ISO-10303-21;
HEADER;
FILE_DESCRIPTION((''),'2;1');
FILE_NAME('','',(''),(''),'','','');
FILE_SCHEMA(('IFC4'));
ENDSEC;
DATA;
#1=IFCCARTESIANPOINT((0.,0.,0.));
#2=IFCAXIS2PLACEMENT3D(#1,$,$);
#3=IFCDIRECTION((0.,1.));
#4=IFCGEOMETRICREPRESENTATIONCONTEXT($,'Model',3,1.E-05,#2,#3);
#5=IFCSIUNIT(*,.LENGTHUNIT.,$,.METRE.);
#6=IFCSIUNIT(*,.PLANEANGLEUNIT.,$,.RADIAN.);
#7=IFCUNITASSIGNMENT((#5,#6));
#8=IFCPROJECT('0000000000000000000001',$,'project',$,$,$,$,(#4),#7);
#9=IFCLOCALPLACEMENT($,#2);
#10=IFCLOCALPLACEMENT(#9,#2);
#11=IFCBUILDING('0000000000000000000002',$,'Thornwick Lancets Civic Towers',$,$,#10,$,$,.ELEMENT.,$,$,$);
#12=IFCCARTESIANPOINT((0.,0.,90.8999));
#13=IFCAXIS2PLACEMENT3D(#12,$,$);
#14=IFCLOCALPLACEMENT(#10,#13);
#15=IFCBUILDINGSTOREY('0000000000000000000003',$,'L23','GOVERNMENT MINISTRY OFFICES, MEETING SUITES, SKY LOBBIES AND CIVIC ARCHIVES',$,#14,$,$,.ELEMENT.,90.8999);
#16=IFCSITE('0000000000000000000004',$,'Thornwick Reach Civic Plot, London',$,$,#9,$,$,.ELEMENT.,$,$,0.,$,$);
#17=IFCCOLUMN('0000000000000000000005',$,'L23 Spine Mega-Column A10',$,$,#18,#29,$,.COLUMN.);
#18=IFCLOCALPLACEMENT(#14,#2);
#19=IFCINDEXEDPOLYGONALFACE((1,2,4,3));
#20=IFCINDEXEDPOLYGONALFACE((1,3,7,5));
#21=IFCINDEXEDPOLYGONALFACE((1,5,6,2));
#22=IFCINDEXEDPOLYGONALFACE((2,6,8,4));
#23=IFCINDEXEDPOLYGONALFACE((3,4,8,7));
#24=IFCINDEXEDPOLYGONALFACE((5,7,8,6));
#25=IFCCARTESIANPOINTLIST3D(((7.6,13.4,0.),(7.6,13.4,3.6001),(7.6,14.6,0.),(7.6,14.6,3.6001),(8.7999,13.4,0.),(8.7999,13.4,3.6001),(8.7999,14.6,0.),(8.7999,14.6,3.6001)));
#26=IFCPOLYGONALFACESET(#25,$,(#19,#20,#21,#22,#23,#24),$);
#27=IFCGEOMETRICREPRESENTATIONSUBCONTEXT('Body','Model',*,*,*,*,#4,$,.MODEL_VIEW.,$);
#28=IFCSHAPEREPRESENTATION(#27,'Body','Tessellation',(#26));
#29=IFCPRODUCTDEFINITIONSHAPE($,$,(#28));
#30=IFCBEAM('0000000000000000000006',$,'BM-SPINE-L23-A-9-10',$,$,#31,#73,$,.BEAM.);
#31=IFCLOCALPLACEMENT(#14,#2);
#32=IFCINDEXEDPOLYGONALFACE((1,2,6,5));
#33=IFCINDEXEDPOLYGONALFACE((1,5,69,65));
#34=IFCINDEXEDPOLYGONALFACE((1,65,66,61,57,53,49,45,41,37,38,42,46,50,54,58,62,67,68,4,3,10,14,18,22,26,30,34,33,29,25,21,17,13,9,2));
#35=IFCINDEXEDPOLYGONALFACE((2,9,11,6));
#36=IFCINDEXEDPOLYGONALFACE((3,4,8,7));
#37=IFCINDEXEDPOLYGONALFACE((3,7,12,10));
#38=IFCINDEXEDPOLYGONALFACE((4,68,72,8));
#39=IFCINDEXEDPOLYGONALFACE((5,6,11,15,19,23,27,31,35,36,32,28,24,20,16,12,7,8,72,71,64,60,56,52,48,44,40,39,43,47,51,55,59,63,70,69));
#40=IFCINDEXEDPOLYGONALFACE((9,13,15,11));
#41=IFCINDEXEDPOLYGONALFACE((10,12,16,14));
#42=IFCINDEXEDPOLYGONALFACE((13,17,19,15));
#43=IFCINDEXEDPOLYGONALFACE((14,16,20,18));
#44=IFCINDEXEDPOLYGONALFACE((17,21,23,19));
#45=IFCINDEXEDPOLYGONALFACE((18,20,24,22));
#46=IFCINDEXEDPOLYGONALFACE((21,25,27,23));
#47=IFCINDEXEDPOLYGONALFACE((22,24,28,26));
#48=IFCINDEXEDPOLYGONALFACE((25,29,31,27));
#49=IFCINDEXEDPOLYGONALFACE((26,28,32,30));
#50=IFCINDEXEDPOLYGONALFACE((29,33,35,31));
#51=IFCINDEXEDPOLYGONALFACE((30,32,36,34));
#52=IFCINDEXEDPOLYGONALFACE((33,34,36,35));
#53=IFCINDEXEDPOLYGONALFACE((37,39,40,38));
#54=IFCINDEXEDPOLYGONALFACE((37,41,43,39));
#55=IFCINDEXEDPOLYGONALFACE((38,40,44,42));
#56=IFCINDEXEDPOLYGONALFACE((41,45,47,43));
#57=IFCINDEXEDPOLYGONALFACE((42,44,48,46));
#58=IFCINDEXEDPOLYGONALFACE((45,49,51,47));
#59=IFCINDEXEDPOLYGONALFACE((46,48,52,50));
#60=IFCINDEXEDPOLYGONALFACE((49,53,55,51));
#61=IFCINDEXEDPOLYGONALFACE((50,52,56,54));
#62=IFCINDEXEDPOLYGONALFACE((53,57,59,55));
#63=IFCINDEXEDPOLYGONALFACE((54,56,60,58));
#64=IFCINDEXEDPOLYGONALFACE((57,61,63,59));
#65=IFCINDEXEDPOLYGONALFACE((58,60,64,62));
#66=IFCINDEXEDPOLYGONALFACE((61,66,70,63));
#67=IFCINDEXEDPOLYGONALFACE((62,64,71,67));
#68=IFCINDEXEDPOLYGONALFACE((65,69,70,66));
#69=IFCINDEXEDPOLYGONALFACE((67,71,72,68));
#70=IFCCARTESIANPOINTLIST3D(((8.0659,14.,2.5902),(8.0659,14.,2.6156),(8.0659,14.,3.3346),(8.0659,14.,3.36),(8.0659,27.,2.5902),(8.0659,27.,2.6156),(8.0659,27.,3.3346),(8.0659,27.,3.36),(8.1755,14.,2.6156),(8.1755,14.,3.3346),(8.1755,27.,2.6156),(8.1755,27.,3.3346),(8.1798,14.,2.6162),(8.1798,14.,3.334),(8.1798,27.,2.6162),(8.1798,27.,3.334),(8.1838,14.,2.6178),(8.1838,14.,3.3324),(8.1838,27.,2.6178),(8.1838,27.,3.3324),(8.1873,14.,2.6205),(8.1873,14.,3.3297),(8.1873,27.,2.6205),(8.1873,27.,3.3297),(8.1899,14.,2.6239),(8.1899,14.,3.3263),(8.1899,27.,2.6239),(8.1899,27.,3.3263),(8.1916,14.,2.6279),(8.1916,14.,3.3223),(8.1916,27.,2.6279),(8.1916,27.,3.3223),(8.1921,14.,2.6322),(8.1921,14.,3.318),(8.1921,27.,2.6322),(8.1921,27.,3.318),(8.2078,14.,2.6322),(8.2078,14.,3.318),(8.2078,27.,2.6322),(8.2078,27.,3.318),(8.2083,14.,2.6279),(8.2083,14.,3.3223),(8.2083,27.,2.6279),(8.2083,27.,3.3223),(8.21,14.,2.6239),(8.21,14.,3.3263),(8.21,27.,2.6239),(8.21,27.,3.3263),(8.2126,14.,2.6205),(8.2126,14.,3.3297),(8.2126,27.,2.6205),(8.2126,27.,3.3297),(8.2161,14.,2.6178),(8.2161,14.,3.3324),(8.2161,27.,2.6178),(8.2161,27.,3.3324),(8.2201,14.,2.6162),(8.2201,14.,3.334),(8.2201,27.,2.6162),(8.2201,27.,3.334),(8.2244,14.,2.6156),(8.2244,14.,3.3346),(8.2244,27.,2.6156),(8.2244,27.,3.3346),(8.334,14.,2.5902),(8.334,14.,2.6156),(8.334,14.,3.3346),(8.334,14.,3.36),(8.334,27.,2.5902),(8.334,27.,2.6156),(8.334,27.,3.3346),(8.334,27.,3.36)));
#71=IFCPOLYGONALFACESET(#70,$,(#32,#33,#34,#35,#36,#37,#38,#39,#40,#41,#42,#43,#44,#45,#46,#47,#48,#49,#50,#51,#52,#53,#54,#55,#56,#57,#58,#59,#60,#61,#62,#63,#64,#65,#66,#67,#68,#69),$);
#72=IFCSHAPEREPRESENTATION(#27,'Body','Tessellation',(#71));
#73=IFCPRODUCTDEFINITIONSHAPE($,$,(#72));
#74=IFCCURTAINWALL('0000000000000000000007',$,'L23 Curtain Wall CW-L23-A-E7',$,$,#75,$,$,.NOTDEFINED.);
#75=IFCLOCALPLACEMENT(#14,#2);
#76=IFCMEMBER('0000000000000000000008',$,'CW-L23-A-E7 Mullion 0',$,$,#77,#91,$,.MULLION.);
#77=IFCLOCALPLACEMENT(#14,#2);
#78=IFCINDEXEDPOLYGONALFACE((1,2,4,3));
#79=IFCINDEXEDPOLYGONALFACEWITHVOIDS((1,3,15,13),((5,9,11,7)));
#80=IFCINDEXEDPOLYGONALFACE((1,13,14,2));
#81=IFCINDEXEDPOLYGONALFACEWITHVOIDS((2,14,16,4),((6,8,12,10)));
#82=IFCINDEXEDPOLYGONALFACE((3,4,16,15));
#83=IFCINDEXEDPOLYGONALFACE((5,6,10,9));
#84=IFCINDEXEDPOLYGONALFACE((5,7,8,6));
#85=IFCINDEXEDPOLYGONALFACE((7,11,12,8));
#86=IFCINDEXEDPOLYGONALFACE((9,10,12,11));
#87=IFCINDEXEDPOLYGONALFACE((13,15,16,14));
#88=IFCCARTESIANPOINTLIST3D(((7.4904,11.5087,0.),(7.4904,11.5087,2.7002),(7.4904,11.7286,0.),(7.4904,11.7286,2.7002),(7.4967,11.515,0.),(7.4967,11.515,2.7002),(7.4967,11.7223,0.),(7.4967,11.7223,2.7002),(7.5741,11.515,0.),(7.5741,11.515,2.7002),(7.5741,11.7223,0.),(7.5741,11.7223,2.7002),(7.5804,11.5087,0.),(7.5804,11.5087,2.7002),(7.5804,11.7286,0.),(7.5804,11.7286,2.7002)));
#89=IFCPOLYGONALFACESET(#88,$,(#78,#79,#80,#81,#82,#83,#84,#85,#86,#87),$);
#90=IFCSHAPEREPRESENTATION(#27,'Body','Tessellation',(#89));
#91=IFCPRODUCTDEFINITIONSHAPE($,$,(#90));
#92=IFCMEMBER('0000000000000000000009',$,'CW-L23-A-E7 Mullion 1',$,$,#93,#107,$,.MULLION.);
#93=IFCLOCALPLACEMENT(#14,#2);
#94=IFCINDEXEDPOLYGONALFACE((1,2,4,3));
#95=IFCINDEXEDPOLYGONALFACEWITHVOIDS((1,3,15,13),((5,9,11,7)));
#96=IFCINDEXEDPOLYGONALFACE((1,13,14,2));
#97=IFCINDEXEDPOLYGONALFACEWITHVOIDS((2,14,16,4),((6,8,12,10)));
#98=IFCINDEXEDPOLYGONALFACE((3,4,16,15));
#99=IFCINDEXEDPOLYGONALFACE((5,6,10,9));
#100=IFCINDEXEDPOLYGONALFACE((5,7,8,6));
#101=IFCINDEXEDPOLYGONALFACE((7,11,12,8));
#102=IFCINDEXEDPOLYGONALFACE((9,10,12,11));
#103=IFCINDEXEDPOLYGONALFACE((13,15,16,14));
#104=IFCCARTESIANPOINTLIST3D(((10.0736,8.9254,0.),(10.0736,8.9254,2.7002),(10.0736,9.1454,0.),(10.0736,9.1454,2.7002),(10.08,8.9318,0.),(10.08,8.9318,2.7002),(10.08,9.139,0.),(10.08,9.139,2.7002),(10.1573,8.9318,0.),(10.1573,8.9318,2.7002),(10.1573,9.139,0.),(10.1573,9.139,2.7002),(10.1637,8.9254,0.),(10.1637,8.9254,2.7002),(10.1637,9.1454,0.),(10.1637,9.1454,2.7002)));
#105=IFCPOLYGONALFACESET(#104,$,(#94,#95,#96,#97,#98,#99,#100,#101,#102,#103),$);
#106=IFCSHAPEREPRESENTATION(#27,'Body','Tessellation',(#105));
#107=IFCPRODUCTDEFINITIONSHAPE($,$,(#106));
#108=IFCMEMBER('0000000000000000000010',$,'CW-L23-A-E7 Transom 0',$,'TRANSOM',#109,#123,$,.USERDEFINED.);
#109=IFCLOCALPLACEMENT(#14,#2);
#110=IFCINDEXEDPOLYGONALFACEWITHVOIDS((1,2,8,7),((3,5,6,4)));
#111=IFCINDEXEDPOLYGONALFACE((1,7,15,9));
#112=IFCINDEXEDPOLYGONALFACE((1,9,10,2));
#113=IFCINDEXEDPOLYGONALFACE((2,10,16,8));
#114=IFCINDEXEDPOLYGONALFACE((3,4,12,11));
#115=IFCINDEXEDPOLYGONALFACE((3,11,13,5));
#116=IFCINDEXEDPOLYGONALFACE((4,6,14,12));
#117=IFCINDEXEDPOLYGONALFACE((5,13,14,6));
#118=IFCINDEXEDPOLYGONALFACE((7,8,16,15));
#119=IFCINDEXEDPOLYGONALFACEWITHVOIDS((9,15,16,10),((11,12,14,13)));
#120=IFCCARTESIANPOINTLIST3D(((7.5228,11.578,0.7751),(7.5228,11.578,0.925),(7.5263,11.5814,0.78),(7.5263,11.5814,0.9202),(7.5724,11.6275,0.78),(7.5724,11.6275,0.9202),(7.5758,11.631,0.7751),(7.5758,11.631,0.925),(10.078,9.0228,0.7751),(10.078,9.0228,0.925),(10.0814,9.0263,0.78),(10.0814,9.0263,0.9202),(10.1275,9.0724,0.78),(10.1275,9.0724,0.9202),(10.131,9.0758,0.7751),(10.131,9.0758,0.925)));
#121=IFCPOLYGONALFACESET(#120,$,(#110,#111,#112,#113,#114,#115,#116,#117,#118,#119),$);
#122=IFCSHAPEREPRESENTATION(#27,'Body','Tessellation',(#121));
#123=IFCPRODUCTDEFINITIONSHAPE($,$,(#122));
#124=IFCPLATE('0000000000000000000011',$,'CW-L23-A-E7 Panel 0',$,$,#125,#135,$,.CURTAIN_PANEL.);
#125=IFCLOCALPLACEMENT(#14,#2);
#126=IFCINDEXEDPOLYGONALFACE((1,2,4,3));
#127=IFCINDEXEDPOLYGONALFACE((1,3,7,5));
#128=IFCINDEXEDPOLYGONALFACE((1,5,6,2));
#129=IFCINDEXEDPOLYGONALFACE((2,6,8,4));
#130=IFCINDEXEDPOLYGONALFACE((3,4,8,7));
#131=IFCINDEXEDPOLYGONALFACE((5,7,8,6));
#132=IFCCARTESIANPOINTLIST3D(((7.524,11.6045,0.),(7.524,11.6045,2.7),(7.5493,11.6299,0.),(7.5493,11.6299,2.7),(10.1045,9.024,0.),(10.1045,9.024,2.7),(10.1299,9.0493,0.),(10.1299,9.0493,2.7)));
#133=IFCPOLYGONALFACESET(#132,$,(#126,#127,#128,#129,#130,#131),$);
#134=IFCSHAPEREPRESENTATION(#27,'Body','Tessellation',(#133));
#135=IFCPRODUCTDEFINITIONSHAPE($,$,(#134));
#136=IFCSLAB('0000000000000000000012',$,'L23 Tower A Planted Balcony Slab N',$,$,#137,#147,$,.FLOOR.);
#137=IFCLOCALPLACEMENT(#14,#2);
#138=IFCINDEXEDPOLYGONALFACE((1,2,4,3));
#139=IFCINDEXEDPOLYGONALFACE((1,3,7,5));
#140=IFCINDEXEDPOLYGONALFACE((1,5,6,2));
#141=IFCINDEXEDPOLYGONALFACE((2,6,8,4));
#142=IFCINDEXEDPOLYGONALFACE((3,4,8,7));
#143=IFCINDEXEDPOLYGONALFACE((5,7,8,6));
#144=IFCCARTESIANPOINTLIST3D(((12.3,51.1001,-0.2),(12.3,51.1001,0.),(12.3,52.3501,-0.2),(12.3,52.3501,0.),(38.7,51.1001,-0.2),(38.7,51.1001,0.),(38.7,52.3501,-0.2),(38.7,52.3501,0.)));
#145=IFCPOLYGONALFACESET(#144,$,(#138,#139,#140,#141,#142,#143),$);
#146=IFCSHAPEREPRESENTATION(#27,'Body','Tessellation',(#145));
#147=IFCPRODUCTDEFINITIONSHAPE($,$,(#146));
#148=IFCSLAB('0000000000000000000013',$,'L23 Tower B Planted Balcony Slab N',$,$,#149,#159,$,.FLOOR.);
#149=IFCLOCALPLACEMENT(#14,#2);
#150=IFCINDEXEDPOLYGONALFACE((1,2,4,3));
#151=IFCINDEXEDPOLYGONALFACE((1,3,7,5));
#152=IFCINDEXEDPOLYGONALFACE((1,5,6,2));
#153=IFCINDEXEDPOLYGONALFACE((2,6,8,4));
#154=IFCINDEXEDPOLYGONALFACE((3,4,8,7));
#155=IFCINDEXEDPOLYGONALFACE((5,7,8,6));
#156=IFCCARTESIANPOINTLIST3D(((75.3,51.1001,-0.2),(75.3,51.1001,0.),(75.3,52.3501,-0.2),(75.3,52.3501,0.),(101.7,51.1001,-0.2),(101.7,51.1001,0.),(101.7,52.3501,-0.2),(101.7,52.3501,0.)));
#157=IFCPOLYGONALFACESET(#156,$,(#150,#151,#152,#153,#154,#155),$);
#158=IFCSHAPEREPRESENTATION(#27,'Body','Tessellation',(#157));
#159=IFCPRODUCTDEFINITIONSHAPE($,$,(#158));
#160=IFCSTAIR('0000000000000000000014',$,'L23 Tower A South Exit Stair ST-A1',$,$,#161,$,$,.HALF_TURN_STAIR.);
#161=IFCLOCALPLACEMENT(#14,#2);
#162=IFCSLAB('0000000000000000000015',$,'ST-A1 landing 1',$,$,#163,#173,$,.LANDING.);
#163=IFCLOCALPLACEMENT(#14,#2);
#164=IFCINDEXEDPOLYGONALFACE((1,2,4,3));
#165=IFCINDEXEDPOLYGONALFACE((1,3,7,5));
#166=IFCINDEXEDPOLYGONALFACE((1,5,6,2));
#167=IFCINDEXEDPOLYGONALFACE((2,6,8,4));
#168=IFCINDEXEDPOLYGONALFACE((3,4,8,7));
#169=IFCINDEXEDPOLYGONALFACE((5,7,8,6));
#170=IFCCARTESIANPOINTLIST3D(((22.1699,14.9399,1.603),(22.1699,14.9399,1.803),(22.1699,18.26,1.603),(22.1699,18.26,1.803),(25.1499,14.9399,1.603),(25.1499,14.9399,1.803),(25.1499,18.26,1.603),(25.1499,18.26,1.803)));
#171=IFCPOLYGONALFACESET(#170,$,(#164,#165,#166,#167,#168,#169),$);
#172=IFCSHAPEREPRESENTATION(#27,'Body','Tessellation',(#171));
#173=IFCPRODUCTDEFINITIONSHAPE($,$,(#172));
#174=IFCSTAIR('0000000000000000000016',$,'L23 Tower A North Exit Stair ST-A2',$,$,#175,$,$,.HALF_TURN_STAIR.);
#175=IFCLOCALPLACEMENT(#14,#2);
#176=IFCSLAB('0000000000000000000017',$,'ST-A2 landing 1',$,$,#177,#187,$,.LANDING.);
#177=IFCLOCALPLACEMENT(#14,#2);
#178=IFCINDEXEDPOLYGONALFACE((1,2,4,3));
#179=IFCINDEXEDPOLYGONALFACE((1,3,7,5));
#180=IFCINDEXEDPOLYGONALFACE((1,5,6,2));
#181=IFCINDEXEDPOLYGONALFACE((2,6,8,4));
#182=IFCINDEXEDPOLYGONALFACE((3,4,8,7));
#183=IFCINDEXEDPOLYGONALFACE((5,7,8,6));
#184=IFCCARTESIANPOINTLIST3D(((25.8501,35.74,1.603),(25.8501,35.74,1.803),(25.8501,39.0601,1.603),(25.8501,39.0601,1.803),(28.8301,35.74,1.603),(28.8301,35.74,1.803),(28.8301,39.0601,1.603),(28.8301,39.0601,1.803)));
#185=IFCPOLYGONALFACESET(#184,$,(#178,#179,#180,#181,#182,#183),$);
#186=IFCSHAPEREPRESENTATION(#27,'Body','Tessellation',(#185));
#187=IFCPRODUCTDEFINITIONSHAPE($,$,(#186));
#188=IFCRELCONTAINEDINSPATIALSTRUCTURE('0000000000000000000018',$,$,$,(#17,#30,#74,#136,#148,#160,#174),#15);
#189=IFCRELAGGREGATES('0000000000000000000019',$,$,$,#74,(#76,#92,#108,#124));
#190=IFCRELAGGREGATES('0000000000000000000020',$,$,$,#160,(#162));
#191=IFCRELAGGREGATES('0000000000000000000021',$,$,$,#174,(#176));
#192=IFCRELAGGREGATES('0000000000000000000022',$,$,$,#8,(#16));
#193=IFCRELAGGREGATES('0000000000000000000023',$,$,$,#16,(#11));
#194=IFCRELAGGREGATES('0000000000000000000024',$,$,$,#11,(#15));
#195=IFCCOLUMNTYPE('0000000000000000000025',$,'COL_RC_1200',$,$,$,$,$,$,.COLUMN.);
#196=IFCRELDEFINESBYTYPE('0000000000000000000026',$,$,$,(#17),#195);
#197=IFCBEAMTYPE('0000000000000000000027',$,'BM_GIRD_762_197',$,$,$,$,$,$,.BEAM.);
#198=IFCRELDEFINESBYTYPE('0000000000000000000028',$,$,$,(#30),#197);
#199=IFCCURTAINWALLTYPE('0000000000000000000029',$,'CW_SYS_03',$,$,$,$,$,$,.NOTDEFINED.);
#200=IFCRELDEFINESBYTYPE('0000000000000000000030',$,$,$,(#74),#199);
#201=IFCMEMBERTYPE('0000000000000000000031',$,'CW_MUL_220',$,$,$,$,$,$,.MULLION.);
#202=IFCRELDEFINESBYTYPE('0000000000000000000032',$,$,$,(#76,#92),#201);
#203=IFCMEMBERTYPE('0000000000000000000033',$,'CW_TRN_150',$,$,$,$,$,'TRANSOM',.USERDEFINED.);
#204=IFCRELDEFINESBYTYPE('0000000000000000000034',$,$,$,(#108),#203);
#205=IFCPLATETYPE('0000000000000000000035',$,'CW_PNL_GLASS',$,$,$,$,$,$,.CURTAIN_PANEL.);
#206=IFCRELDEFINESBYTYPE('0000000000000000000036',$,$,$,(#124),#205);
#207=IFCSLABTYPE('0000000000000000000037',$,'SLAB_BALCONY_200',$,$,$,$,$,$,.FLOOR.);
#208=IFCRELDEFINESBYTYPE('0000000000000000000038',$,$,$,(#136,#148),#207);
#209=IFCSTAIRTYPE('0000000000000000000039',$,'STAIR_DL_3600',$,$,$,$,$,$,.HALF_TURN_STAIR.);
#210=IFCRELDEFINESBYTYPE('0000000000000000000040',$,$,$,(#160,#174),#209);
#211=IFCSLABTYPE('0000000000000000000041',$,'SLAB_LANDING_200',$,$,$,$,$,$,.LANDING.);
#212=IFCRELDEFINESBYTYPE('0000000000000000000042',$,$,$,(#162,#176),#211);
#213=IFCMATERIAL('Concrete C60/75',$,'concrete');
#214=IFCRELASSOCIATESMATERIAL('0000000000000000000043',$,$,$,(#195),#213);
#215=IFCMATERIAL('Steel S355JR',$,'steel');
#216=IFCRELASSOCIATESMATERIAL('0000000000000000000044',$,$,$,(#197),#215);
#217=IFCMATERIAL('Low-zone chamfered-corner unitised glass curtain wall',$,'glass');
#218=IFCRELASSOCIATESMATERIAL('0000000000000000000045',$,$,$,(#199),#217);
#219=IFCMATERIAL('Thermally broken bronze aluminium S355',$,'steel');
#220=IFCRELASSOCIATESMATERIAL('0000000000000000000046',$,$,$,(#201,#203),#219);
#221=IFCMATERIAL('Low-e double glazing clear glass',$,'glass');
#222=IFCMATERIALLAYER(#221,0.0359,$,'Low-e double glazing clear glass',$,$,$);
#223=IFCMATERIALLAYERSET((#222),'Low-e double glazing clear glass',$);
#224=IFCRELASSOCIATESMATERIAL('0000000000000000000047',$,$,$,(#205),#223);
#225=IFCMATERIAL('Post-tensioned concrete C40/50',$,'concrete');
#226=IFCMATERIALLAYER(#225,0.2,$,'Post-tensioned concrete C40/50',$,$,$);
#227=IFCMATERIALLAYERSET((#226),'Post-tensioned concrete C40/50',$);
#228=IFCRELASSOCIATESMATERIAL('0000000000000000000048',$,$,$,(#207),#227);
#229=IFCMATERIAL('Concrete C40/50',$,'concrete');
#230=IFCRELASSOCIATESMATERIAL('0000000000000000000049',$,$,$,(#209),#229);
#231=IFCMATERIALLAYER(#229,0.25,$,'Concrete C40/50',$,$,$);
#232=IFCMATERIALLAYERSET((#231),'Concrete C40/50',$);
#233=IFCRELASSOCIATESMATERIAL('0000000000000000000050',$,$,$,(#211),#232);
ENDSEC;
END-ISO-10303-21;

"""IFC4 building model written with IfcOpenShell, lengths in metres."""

from ifc_helpers import new_model, si_unit, direction, frame, origin, origin_2d, place, context, subcontext, project, spatial, polyline, rectangle, hollow_rectangle, i_section, outline, extrude, material, layer, layer_set, material_profile, profile_set, type_object, element, aggregate, save


model = new_model("IFC4")

# Units and contexts
model_context = context("Model", 3, precision=1e-05, world=origin(), true_north=direction((0.0, 1.0)))
body_context = subcontext(model_context, "Body", "Model", "MODEL_VIEW")
ifc_project = project(units=[si_unit("LENGTHUNIT", "METRE"), si_unit("PLANEANGLEUNIT", "RADIAN")], contexts=[model_context])

# Site, building, storey
site_placement = place(None, origin())
site = spatial("IfcSite", under=ifc_project, at=site_placement, Name="Thornwick Reach Civic Plot, London", CompositionType="ELEMENT", RefElevation=0.0)
building_placement = place(site_placement, origin())
building = spatial("IfcBuilding", under=site, at=building_placement, Name="Thornwick Lancets Civic Towers", CompositionType="ELEMENT")
storey_placement = place(building_placement, frame((0.0, 0.0, 90.8999)))
storey = spatial("IfcBuildingStorey", under=building, at=storey_placement, Name="L23", Description="GOVERNMENT MINISTRY OFFICES, MEETING SUITES, SKY LOBBIES AND CIVIC ARCHIVES", CompositionType="ELEMENT", Elevation=90.8999)

# Column
ifc_material_1 = material(Name="Concrete C60/75", Category="concrete")
ifc_material_profile_1 = material_profile(ifc_material_1, rectangle(XDim=1.2, YDim=1.2, at=origin_2d()), Name="RC 1200x1200")
ifc_profile_set_1 = profile_set([ifc_material_profile_1], Name="Concrete C60/75")
column_type = type_object("IfcColumnType", Name="COL_RC_1200", PredefinedType="COLUMN", material=ifc_profile_set_1)
column_placement = place(storey_placement, frame((8.2, 14.0, 0.0), z_axis=(0.0, 0.0, 1.0), x_axis=(1.0, 0.0, 0.0)))
element("IfcColumn", 1, at=column_placement, inside=storey, type_object=column_type, Name="L23 Spine Mega-Column A10", PredefinedType="COLUMN", context=body_context, shape_type="SweptSolid", body=[
    extrude(rectangle(XDim=1.2, YDim=1.2, at=origin_2d()), origin(), (0.0, 0.0, 1.0), 3.6001),
])

# Beam
ifc_material_2 = material(Name="Steel S355JR", Category="steel")
ifc_material_profile_2 = material_profile(ifc_material_2, i_section(OverallWidth=0.2681, OverallDepth=0.7698, WebThickness=0.0156, FlangeThickness=0.0254, FilletRadius=0.0166, at=origin_2d()), Name="UKB 762x267x197")
ifc_profile_set_2 = profile_set([ifc_material_profile_2], Name="Steel S355JR")
beam_type = type_object("IfcBeamType", Name="BM_GIRD_762_197", PredefinedType="BEAM", material=ifc_profile_set_2)
beam_placement = place(storey_placement, frame((8.2, 14.0, 2.9751), z_axis=(0.0, 1.0, 0.0), x_axis=(-1.0, 0.0, 0.0)))
element("IfcBeam", 2, at=beam_placement, inside=storey, type_object=beam_type, Name="BM-SPINE-L23-A-9-10", PredefinedType="BEAM", context=body_context, shape_type="SweptSolid", body=[
    extrude(i_section(OverallWidth=0.2681, OverallDepth=0.7698, WebThickness=0.0156, FlangeThickness=0.0254, FilletRadius=0.0166, at=origin_2d()), origin(), (0.0, 0.0, 1.0), 13.0),
])

# Curtain wall, members, plate
ifc_material_3 = material(Name="Low-zone chamfered-corner unitised glass curtain wall", Category="glass")
curtain_wall_type = type_object("IfcCurtainWallType", Name="CW_SYS_03", PredefinedType="NOTDEFINED", material=ifc_material_3)
curtain_wall_placement = place(storey_placement, origin())
curtain_wall = element("IfcCurtainWall", 3, at=curtain_wall_placement, inside=storey, type_object=curtain_wall_type, Name="L23 Curtain Wall CW-L23-A-E7", PredefinedType="NOTDEFINED")
ifc_material_4 = material(Name="Thermally broken bronze aluminium S355", Category="steel")
ifc_material_profile_3 = material_profile(ifc_material_4, hollow_rectangle(XDim=0.0901, YDim=0.22, WallThickness=0.0063, at=origin_2d()), Name="RHS 220x90x6.3")
ifc_profile_set_3 = profile_set([ifc_material_profile_3], Name="Thermally broken bronze aluminium S355")
member_type_1 = type_object("IfcMemberType", Name="CW_MUL_220", PredefinedType="MULLION", material=ifc_profile_set_3)
member_1_placement = place(storey_placement, frame((7.5354, 11.6187, 0.0), z_axis=(0.0, 0.0, 1.0), x_axis=(1.0, 0.0, 0.0)))
member_1 = element("IfcMember", 4, at=member_1_placement, type_object=member_type_1, Name="CW-L23-A-E7 Mullion 0", PredefinedType="MULLION", context=body_context, shape_type="SweptSolid", body=[
    extrude(hollow_rectangle(XDim=0.0901, YDim=0.22, WallThickness=0.0063, at=origin_2d()), origin(), (0.0, 0.0, 1.0), 2.7002),
])
member_2_placement = place(storey_placement, frame((10.1187, 9.0354, 0.0), z_axis=(0.0, 0.0, 1.0), x_axis=(1.0, 0.0, 0.0)))
member_2 = element("IfcMember", 5, at=member_2_placement, type_object=member_type_1, Name="CW-L23-A-E7 Mullion 1", PredefinedType="MULLION", context=body_context, shape_type="SweptSolid", body=[
    extrude(hollow_rectangle(XDim=0.0901, YDim=0.22, WallThickness=0.0063, at=origin_2d()), origin(), (0.0, 0.0, 1.0), 2.7002),
])
ifc_material_profile_4 = material_profile(ifc_material_4, hollow_rectangle(XDim=0.075, YDim=0.1499, WallThickness=0.0049, at=origin_2d()), Name="RHS 150x75x5")
ifc_profile_set_4 = profile_set([ifc_material_profile_4], Name="Thermally broken bronze aluminium S355")
member_type_2 = type_object("IfcMemberType", Name="CW_TRN_150", ElementType="TRANSOM", PredefinedType="USERDEFINED", material=ifc_profile_set_4)
member_3_placement = place(storey_placement, frame((7.5493, 11.6045, 0.8501), z_axis=(0.707107, -0.707107, 0.0), x_axis=(0.707107, 0.707107, 0.0)))
member_3 = element("IfcMember", 6, at=member_3_placement, type_object=member_type_2, Name="CW-L23-A-E7 Transom 0", ObjectType="TRANSOM", PredefinedType="USERDEFINED", context=body_context, shape_type="SweptSolid", body=[
    extrude(hollow_rectangle(XDim=0.075, YDim=0.1499, WallThickness=0.0049, at=origin_2d()), origin(), (0.0, 0.0, 1.0), 3.6135),
])
ifc_material_5 = material(Name="Low-e double glazing clear glass", Category="glass")
ifc_layer_1 = layer(ifc_material_5, 0.0359, Name="Low-e double glazing clear glass")
ifc_layer_set_1 = layer_set([ifc_layer_1], Name="Low-e double glazing clear glass")
plate_type = type_object("IfcPlateType", Name="CW_PNL_GLASS", PredefinedType="CURTAIN_PANEL", material=ifc_layer_set_1)
plate_placement = place(storey_placement, frame((8.8269, 10.3269, 0.0), z_axis=(0.0, 0.0, 1.0), x_axis=(0.707107, -0.707107, 0.0)))
plate = element("IfcPlate", 7, at=plate_placement, type_object=plate_type, Name="CW-L23-A-E7 Panel 0", PredefinedType="CURTAIN_PANEL", context=body_context, shape_type="SweptSolid", body=[
    extrude(rectangle(XDim=3.6494, YDim=0.0359, at=origin_2d()), origin(), (0.0, 0.0, 1.0), 2.7),
])
aggregate(curtain_wall, [member_1, member_2, member_3, plate])

# Slabs
ifc_material_6 = material(Name="Post-tensioned concrete C40/50", Category="concrete")
ifc_layer_2 = layer(ifc_material_6, 0.2, Name="Post-tensioned concrete C40/50")
ifc_layer_set_2 = layer_set([ifc_layer_2], Name="Post-tensioned concrete C40/50")
slab_type_1 = type_object("IfcSlabType", Name="SLAB_BALCONY_200", PredefinedType="FLOOR", material=ifc_layer_set_2)
slab_1_placement = place(storey_placement, frame((0.0, 0.0, -0.2)))
element("IfcSlab", 8, at=slab_1_placement, inside=storey, type_object=slab_type_1, Name="L23 Tower A Planted Balcony Slab N", PredefinedType="FLOOR", context=body_context, shape_type="SweptSolid", body=[
    extrude(outline(polyline([(12.3, 51.1001), (38.7, 51.1001), (38.7, 52.3501), (12.3, 52.3501), (12.3, 51.1001)])), origin(), (0.0, 0.0, 1.0), 0.2),
])
slab_2_placement = place(storey_placement, frame((0.0, 0.0, -0.2)))
element("IfcSlab", 9, at=slab_2_placement, inside=storey, type_object=slab_type_1, Name="L23 Tower B Planted Balcony Slab N", PredefinedType="FLOOR", context=body_context, shape_type="SweptSolid", body=[
    extrude(outline(polyline([(75.3, 51.1001), (101.7, 51.1001), (101.7, 52.3501), (75.3, 52.3501), (75.3, 51.1001)])), origin(), (0.0, 0.0, 1.0), 0.2),
])

# Stairs, slabs
ifc_material_7 = material(Name="Concrete C40/50", Category="concrete")
stair_type = type_object("IfcStairType", Name="STAIR_DL_3600", PredefinedType="HALF_TURN_STAIR", material=ifc_material_7)
stair_1_placement = place(storey_placement, origin())
stair_1 = element("IfcStair", 10, at=stair_1_placement, inside=storey, type_object=stair_type, Name="L23 Tower A South Exit Stair ST-A1", PredefinedType="HALF_TURN_STAIR")
ifc_layer_3 = layer(ifc_material_7, 0.25, Name="Concrete C40/50")
ifc_layer_set_3 = layer_set([ifc_layer_3], Name="Concrete C40/50")
slab_type_2 = type_object("IfcSlabType", Name="SLAB_LANDING_200", PredefinedType="LANDING", material=ifc_layer_set_3)
slab_3_placement = place(storey_placement, frame((0.0, 0.0, 1.603)))
slab_3 = element("IfcSlab", 11, at=slab_3_placement, type_object=slab_type_2, Name="ST-A1 landing 1", PredefinedType="LANDING", context=body_context, shape_type="SweptSolid", body=[
    extrude(outline(polyline([(22.1699, 14.9399), (25.1499, 14.9399), (25.1499, 18.26), (22.1699, 18.26), (22.1699, 14.9399)])), origin(), (0.0, 0.0, 1.0), 0.2),
])
aggregate(stair_1, [slab_3])
stair_2_placement = place(storey_placement, origin())
stair_2 = element("IfcStair", 12, at=stair_2_placement, inside=storey, type_object=stair_type, Name="L23 Tower A North Exit Stair ST-A2", PredefinedType="HALF_TURN_STAIR")
slab_4_placement = place(storey_placement, frame((0.0, 0.0, 1.603)))
slab_4 = element("IfcSlab", 13, at=slab_4_placement, type_object=slab_type_2, Name="ST-A2 landing 1", PredefinedType="LANDING", context=body_context, shape_type="SweptSolid", body=[
    extrude(outline(polyline([(28.8301, 39.0601), (25.8501, 39.0601), (25.8501, 35.74), (28.8301, 35.74), (28.8301, 39.0601)])), origin(), (0.0, 0.0, 1.0), 0.2),
])
aggregate(stair_2, [slab_4])

save(model, "model.ifc")
